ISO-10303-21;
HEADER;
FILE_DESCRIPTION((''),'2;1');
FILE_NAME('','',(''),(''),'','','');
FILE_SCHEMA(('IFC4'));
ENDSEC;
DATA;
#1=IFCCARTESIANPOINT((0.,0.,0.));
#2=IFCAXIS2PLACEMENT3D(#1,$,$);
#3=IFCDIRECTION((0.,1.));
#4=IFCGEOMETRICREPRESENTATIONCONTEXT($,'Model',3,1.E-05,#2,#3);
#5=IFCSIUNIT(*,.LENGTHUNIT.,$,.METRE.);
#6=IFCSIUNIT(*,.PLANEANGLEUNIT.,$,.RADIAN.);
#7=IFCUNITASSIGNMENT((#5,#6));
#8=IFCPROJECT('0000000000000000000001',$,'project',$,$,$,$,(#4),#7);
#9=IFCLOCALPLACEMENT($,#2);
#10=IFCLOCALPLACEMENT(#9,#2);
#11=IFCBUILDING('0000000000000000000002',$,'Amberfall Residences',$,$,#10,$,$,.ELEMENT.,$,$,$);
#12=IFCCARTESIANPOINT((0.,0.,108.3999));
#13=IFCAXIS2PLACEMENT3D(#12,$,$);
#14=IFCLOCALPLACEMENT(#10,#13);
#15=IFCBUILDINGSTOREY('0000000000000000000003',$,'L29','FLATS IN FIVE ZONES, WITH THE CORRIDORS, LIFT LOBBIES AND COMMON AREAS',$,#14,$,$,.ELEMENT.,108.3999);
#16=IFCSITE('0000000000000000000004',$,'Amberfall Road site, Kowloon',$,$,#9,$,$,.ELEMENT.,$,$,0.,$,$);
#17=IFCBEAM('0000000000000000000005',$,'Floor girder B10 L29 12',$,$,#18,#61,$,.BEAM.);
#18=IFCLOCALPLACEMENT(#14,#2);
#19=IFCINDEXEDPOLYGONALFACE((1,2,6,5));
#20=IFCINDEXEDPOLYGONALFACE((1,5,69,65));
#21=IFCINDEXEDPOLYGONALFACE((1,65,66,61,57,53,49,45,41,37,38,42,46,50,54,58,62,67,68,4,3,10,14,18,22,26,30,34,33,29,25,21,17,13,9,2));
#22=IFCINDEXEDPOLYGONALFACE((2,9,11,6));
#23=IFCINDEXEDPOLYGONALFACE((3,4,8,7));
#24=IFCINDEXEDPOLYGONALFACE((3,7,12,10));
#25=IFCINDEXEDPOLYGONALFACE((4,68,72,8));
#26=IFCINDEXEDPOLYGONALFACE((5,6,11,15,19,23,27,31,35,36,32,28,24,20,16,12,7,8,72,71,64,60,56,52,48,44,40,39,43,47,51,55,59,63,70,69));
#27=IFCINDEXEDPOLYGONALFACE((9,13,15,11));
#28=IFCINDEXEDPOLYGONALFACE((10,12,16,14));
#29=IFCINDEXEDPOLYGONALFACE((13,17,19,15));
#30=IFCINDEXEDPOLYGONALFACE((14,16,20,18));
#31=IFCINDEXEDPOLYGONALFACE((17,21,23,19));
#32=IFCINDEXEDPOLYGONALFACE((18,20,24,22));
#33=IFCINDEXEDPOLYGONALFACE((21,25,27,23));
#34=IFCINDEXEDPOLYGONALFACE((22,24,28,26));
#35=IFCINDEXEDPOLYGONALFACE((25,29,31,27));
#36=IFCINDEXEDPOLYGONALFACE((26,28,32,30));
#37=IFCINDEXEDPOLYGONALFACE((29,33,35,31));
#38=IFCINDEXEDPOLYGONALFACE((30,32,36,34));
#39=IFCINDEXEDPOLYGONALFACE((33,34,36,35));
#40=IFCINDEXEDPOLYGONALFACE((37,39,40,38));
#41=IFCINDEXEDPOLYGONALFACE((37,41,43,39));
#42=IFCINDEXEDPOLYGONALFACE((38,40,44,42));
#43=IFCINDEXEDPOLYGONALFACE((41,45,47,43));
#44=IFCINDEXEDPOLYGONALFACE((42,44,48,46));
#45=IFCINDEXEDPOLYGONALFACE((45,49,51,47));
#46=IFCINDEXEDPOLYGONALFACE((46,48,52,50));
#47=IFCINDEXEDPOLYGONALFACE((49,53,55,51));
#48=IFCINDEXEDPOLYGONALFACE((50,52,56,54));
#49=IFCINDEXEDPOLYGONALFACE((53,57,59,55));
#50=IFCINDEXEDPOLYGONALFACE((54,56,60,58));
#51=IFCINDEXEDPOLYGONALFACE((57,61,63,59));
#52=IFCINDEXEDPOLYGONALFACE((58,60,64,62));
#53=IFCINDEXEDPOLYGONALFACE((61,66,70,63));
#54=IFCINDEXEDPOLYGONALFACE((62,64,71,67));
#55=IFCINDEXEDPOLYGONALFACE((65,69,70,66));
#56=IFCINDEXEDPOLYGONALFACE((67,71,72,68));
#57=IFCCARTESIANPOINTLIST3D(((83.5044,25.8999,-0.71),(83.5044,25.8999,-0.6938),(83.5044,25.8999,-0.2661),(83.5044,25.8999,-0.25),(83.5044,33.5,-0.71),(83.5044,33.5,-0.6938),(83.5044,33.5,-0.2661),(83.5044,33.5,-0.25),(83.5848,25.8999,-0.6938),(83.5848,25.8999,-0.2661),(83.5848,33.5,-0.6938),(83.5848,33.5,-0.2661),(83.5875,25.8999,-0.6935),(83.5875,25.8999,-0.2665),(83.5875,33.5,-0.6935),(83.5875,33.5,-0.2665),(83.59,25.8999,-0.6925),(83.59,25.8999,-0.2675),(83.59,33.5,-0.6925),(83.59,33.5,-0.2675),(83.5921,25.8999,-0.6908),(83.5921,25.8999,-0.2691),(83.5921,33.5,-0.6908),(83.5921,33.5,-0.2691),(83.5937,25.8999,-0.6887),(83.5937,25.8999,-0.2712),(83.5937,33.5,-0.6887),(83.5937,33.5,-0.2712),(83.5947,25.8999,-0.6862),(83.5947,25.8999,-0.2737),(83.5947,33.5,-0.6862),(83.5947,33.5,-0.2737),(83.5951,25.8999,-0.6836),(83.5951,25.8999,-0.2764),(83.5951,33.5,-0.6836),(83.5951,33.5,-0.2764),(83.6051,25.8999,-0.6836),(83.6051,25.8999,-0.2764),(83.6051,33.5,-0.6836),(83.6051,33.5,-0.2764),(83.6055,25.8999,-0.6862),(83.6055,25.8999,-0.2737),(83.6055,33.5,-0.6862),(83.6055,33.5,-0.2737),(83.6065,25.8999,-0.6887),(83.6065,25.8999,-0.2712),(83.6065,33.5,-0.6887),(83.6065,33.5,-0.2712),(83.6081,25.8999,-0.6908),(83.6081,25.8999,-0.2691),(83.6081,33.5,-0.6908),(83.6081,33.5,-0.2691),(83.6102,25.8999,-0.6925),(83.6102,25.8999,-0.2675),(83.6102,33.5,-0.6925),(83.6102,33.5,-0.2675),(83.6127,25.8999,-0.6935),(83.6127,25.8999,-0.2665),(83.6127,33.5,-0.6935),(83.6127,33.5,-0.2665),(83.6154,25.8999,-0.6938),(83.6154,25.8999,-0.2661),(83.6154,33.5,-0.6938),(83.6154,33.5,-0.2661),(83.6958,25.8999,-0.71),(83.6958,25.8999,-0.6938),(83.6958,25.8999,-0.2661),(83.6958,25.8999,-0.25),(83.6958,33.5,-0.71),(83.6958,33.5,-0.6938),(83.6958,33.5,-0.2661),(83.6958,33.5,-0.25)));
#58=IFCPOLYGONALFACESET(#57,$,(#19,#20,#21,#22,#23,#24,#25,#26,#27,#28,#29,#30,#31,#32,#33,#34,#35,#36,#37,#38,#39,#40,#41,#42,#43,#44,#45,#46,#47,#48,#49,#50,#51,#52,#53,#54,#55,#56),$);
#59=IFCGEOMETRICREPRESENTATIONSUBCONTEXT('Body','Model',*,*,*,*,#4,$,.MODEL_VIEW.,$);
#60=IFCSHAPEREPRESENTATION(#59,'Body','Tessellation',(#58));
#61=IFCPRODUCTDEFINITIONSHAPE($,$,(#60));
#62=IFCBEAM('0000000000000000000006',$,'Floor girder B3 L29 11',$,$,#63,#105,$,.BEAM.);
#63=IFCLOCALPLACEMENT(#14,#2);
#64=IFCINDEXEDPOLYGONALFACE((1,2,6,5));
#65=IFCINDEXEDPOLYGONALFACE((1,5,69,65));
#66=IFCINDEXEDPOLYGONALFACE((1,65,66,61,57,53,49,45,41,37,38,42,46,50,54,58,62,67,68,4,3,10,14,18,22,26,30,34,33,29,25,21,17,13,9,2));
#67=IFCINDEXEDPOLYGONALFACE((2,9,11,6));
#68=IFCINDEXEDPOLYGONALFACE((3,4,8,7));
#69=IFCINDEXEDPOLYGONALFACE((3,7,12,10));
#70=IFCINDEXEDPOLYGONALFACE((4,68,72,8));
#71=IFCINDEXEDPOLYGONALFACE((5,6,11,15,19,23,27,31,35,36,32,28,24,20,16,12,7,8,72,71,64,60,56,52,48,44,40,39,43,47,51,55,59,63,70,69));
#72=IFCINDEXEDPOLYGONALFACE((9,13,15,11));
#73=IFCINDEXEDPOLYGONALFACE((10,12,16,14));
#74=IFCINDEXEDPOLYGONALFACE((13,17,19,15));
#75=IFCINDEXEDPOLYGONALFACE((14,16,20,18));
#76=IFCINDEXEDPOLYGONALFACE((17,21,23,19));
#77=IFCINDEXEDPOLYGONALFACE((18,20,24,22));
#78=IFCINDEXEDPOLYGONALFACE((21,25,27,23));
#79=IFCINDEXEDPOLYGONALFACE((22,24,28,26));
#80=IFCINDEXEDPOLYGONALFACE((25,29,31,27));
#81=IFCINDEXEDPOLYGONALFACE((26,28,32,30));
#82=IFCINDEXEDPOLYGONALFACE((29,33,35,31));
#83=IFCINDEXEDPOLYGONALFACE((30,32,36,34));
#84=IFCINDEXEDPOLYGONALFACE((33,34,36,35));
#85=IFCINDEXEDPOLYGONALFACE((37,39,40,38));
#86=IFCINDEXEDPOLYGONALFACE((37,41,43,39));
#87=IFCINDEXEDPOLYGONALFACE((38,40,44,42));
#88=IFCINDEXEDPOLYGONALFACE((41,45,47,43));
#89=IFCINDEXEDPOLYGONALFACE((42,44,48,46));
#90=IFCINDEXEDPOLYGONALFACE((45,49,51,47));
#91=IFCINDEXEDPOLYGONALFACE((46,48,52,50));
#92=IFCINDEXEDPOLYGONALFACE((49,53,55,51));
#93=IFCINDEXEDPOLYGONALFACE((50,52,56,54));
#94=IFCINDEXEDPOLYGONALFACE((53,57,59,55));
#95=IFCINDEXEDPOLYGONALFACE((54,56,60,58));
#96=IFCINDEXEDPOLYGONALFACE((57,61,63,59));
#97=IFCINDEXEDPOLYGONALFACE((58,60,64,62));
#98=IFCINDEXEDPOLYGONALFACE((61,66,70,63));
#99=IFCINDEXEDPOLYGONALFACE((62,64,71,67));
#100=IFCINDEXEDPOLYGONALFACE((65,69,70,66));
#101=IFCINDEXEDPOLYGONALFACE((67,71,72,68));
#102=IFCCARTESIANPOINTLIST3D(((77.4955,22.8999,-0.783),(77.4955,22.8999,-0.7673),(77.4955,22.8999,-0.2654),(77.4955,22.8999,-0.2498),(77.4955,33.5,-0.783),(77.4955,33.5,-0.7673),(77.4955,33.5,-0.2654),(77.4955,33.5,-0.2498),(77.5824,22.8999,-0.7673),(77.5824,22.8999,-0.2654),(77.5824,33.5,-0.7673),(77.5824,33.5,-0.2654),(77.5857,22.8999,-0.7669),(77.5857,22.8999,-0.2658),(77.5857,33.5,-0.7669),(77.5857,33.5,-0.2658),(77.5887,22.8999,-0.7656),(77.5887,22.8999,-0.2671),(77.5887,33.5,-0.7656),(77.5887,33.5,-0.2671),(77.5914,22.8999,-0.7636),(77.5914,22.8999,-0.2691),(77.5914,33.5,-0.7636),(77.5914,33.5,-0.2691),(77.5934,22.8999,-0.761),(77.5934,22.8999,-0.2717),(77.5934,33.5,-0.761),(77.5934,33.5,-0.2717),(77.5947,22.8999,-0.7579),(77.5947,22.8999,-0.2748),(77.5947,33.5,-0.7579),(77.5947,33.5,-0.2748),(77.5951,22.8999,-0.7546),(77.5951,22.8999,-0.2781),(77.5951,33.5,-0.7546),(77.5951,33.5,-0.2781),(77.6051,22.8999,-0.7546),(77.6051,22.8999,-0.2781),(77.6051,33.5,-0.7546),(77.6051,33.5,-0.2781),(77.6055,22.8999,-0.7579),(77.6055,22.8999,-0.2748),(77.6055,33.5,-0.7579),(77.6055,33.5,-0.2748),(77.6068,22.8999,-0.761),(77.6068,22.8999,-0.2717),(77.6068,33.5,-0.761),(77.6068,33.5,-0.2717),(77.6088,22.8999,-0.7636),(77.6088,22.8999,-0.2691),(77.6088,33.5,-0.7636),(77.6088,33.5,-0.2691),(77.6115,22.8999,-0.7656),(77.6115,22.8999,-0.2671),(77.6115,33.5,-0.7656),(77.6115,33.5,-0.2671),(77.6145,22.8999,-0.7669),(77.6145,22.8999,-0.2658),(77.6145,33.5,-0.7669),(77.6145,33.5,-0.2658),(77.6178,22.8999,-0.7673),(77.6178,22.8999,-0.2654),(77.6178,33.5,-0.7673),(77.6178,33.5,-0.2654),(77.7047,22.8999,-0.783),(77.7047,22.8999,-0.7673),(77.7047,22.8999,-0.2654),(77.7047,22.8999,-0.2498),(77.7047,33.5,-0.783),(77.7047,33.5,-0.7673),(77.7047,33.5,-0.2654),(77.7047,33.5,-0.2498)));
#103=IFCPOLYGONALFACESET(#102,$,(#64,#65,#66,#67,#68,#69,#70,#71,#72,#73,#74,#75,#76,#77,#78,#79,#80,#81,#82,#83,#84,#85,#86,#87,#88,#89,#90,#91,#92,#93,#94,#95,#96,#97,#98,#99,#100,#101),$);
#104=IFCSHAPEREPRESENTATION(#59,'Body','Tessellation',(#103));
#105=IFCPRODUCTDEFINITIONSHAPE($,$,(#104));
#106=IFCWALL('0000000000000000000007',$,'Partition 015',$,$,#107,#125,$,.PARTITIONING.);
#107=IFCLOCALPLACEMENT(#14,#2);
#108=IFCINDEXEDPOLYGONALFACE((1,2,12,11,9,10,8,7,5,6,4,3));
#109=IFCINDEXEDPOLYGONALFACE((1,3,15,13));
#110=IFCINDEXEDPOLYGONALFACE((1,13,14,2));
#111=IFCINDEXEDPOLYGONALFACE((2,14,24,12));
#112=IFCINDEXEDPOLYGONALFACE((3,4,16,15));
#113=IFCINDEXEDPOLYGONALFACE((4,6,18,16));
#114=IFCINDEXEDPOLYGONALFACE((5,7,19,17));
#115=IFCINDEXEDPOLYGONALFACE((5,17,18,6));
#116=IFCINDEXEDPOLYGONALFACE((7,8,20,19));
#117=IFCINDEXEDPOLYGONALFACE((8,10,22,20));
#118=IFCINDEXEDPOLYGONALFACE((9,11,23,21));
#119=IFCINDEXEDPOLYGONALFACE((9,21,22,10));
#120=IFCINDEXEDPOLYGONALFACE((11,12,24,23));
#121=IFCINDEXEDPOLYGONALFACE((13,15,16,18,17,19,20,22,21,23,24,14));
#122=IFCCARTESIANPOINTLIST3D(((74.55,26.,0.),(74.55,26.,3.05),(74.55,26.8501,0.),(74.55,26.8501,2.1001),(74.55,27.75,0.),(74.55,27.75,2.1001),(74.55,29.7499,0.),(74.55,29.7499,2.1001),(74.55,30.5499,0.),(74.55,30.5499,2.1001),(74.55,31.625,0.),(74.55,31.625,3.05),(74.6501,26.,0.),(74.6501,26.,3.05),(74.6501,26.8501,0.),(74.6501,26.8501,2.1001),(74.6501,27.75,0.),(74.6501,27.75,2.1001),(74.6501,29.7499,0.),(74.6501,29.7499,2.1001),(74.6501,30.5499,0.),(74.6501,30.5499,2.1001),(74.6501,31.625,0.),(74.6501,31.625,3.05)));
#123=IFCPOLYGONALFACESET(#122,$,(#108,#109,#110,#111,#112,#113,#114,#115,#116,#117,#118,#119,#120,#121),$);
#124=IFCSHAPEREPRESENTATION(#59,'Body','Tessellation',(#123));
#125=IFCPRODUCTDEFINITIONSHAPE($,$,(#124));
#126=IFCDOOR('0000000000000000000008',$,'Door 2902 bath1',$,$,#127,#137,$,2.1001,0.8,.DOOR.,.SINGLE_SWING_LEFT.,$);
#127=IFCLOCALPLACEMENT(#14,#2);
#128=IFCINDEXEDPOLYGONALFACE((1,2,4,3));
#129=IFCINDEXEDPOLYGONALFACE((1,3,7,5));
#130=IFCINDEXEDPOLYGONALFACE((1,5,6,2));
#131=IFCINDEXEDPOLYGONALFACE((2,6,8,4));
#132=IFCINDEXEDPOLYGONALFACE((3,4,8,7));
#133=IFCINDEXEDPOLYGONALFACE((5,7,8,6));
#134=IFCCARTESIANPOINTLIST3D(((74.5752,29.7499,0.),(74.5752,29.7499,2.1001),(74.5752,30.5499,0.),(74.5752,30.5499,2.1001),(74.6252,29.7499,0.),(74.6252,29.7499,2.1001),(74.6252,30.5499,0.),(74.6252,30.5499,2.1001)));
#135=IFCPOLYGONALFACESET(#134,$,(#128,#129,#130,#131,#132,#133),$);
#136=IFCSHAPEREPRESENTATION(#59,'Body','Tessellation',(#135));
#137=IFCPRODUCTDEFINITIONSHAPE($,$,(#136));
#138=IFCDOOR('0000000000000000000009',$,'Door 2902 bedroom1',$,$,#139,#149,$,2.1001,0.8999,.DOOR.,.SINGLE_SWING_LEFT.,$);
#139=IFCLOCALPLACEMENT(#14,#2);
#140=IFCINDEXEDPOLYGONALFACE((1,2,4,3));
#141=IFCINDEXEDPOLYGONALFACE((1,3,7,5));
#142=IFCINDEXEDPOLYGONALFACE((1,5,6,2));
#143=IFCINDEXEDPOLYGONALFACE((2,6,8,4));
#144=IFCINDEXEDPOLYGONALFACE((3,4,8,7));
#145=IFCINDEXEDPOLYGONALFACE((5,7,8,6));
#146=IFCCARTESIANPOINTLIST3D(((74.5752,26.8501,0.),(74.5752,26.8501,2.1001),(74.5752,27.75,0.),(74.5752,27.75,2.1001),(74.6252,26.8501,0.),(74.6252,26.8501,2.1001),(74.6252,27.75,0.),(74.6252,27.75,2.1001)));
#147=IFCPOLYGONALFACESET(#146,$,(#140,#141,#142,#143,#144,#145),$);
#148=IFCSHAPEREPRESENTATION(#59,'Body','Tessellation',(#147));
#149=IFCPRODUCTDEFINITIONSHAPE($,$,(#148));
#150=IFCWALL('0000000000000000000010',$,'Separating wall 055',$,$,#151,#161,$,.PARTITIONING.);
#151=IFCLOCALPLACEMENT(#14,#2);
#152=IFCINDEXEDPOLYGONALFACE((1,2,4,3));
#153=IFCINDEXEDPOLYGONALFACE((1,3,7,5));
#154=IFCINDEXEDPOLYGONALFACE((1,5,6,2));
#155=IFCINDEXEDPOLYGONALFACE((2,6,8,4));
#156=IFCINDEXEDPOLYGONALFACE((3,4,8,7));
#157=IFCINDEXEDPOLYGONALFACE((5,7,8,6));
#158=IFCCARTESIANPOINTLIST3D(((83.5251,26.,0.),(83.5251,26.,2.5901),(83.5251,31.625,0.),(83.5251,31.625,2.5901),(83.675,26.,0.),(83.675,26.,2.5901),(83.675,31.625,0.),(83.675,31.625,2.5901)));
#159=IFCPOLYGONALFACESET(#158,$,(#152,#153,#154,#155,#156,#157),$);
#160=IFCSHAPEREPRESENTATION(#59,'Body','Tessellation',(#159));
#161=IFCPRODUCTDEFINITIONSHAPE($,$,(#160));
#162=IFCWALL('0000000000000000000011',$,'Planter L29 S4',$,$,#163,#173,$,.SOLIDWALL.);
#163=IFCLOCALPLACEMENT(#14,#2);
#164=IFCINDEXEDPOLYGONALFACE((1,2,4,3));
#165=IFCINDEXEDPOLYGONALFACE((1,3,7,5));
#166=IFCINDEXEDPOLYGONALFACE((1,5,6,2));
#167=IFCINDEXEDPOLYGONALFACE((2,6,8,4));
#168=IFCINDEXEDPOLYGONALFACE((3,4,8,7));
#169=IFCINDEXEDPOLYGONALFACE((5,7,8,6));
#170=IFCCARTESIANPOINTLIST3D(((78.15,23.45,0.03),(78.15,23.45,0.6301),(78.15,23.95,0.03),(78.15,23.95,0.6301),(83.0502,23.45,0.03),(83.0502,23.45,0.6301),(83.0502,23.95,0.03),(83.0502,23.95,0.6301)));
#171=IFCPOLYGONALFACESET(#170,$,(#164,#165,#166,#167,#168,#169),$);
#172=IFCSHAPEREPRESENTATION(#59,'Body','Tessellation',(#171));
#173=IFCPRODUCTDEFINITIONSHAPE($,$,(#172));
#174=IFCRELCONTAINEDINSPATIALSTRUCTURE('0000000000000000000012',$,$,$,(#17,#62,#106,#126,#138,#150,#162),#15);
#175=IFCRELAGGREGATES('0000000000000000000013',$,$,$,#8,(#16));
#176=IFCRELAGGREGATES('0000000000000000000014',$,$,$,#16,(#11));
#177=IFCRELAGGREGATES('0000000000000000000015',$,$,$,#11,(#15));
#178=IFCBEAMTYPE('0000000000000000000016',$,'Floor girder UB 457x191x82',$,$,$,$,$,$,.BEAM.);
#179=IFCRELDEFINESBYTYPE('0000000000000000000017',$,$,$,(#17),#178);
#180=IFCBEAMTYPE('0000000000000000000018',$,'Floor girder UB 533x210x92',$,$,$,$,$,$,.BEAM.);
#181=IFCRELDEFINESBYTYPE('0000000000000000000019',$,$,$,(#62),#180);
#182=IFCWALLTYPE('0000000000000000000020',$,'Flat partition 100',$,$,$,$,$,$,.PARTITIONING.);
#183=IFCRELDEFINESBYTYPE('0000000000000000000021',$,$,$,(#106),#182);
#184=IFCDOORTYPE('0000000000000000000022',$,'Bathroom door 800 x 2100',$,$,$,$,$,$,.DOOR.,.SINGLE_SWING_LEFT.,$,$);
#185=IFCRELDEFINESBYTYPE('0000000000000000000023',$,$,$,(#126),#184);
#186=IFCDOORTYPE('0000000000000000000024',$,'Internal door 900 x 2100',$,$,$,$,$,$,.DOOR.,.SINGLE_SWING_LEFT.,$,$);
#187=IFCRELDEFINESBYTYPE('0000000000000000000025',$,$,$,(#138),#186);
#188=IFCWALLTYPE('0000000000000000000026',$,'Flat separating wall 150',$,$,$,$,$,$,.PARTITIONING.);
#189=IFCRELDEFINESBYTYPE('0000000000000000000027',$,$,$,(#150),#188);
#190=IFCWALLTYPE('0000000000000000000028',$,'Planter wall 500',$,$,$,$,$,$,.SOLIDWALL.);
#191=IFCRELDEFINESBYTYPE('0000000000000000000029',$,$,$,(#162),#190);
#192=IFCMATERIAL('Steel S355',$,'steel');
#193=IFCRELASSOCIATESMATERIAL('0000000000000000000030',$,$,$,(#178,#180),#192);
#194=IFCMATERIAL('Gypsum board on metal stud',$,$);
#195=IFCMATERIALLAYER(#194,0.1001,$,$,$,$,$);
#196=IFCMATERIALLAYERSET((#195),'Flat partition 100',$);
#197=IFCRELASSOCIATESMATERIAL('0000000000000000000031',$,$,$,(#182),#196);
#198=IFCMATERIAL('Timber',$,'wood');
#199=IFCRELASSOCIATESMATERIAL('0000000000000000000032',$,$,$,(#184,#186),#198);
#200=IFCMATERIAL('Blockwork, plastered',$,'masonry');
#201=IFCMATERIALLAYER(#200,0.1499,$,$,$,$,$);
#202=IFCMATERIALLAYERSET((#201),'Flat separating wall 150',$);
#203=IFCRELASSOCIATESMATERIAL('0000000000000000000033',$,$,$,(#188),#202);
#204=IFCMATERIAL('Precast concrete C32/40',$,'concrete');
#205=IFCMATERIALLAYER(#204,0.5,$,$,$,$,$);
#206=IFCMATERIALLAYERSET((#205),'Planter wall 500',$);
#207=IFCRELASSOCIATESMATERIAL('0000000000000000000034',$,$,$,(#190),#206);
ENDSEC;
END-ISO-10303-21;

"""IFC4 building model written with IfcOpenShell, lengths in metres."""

from ifc_helpers import new_model, si_unit, direction, frame, frame_2d, origin, origin_2d, place, context, subcontext, project, spatial, rectangle, i_section, extrude, material, layer, layer_set, material_profile, profile_set, type_object, element, fill, save


model = new_model("IFC4")

# Units and contexts
model_context = context("Model", 3, precision=1e-05, world=origin(), true_north=direction((0.0, 1.0)))
body_context = subcontext(model_context, "Body", "Model", "MODEL_VIEW")
ifc_project = project(units=[si_unit("LENGTHUNIT", "METRE"), si_unit("PLANEANGLEUNIT", "RADIAN")], contexts=[model_context])

# Site, building, storey
site_placement = place(None, origin())
site = spatial("IfcSite", under=ifc_project, at=site_placement, Name="Amberfall Road site, Kowloon", CompositionType="ELEMENT", RefElevation=0.0)
building_placement = place(site_placement, origin())
building = spatial("IfcBuilding", under=site, at=building_placement, Name="Amberfall Residences", CompositionType="ELEMENT")
storey_placement = place(building_placement, frame((0.0, 0.0, 108.3999)))
storey = spatial("IfcBuildingStorey", under=building, at=storey_placement, Name="L29", Description="FLATS IN FIVE ZONES, WITH THE CORRIDORS, LIFT LOBBIES AND COMMON AREAS", CompositionType="ELEMENT", Elevation=108.3999)

# Beams
ifc_material_1 = material(Name="Steel S355", Category="steel")
ifc_material_profile_1 = material_profile(ifc_material_1, i_section(OverallWidth=0.1914, OverallDepth=0.46, WebThickness=0.01, FlangeThickness=0.0161, FilletRadius=0.0103, at=origin_2d()), Name="UB 457x191x82")
ifc_profile_set_1 = profile_set([ifc_material_profile_1], Name="Steel S355")
beam_type_1 = type_object("IfcBeamType", Name="Floor girder UB 457x191x82", PredefinedType="BEAM", material=ifc_profile_set_1)
beam_1_placement = place(storey_placement, frame((83.6001, 25.8999, -0.48), z_axis=(0.0, 1.0, 0.0), x_axis=(-1.0, 0.0, 0.0)))
element("IfcBeam", 1, at=beam_1_placement, inside=storey, type_object=beam_type_1, Name="Floor girder B10 L29 12", PredefinedType="BEAM", context=body_context, shape_type="SweptSolid", body=[
    extrude(i_section(OverallWidth=0.1914, OverallDepth=0.46, WebThickness=0.01, FlangeThickness=0.0161, FilletRadius=0.0103, at=origin_2d()), origin(), (0.0, 0.0, 1.0), 7.6001),
])
ifc_material_profile_2 = material_profile(ifc_material_1, i_section(OverallWidth=0.2092, OverallDepth=0.5332, WebThickness=0.01, FlangeThickness=0.0156, FilletRadius=0.0127, at=origin_2d()), Name="UB 533x210x92")
ifc_profile_set_2 = profile_set([ifc_material_profile_2], Name="Steel S355")
beam_type_2 = type_object("IfcBeamType", Name="Floor girder UB 533x210x92", PredefinedType="BEAM", material=ifc_profile_set_2)
beam_2_placement = place(storey_placement, frame((77.6001, 22.8999, -0.5164), z_axis=(0.0, 1.0, 0.0), x_axis=(-1.0, 0.0, 0.0)))
element("IfcBeam", 2, at=beam_2_placement, inside=storey, type_object=beam_type_2, Name="Floor girder B3 L29 11", PredefinedType="BEAM", context=body_context, shape_type="SweptSolid", body=[
    extrude(i_section(OverallWidth=0.2092, OverallDepth=0.5332, WebThickness=0.01, FlangeThickness=0.0156, FilletRadius=0.0127, at=origin_2d()), origin(), (0.0, 0.0, 1.0), 10.6001),
])

# Wall, openings, doors
ifc_material_2 = material(Name="Gypsum board on metal stud")
ifc_layer_1 = layer(ifc_material_2, 0.1001)
ifc_layer_set_1 = layer_set([ifc_layer_1], Name="Flat partition 100")
wall_type_1 = type_object("IfcWallType", Name="Flat partition 100", PredefinedType="PARTITIONING", material=ifc_layer_set_1)
wall_1_placement = place(storey_placement, frame((74.6001, 26.0, 0.0), z_axis=(0.0, 0.0, 1.0), x_axis=(0.0, 1.0, 0.0)))
wall_1 = element("IfcWall", 3, at=wall_1_placement, inside=storey, type_object=wall_type_1, Name="Partition 015", PredefinedType="PARTITIONING", context=body_context, shape_type="SweptSolid", body=[
    extrude(rectangle(XDim=5.625, YDim=0.1001, at=frame_2d((2.8125, 0.0))), origin(), (0.0, 0.0, 1.0), 3.05),
])
opening_1_placement = place(wall_1_placement, frame((0.8501, 0.0, 0.0)))
opening_1 = element("IfcOpeningElement", 4, at=opening_1_placement, cuts=wall_1, PredefinedType="OPENING", context=body_context, shape_type="SweptSolid", body=[
    extrude(rectangle(XDim=0.8999, YDim=2.1001, at=frame_2d((0.45, 1.05))), frame((0.0, 0.0601, 0.0), z_axis=(0.0, -1.0, 0.0), x_axis=(1.0, 0.0, 0.0)), (0.0, 0.0, 1.0), 0.1201),
])
opening_2_placement = place(wall_1_placement, frame((3.75, 0.0, 0.0)))
opening_2 = element("IfcOpeningElement", 5, at=opening_2_placement, cuts=wall_1, PredefinedType="OPENING", context=body_context, shape_type="SweptSolid", body=[
    extrude(rectangle(XDim=0.8, YDim=2.1001, at=frame_2d((0.3999, 1.05))), frame((0.0, 0.0601, 0.0), z_axis=(0.0, -1.0, 0.0), x_axis=(1.0, 0.0, 0.0)), (0.0, 0.0, 1.0), 0.1201),
])
ifc_material_3 = material(Name="Timber", Category="wood")
door_type_1 = type_object("IfcDoorType", Name="Bathroom door 800 x 2100", OperationType="SINGLE_SWING_LEFT", PredefinedType="DOOR", material=ifc_material_3)
door_1_placement = place(opening_2_placement, origin())
door_1 = element("IfcDoor", 6, at=door_1_placement, inside=storey, type_object=door_type_1, Name="Door 2902 bath1", OperationType="SINGLE_SWING_LEFT", OverallHeight=2.1001, OverallWidth=0.8, PredefinedType="DOOR", context=body_context, shape_type="SweptSolid", body=[
    extrude(rectangle(XDim=0.8, YDim=2.1001, at=frame_2d((0.3999, 1.05))), frame((0.0, 0.0249, 0.0), z_axis=(0.0, -1.0, 0.0), x_axis=(1.0, 0.0, 0.0)), (0.0, 0.0, 1.0), 0.05),
])
fill(opening_2, door_1)
door_type_2 = type_object("IfcDoorType", Name="Internal door 900 x 2100", OperationType="SINGLE_SWING_LEFT", PredefinedType="DOOR", material=ifc_material_3)
door_2_placement = place(opening_1_placement, origin())
door_2 = element("IfcDoor", 7, at=door_2_placement, inside=storey, type_object=door_type_2, Name="Door 2902 bedroom1", OperationType="SINGLE_SWING_LEFT", OverallHeight=2.1001, OverallWidth=0.8999, PredefinedType="DOOR", context=body_context, shape_type="SweptSolid", body=[
    extrude(rectangle(XDim=0.8999, YDim=2.1001, at=frame_2d((0.45, 1.05))), frame((0.0, 0.0249, 0.0), z_axis=(0.0, -1.0, 0.0), x_axis=(1.0, 0.0, 0.0)), (0.0, 0.0, 1.0), 0.05),
])
fill(opening_1, door_2)

# Walls
ifc_material_4 = material(Name="Blockwork, plastered", Category="masonry")
ifc_layer_2 = layer(ifc_material_4, 0.1499)
ifc_layer_set_2 = layer_set([ifc_layer_2], Name="Flat separating wall 150")
wall_type_2 = type_object("IfcWallType", Name="Flat separating wall 150", PredefinedType="PARTITIONING", material=ifc_layer_set_2)
wall_2_placement = place(storey_placement, frame((83.6001, 26.0, 0.0), z_axis=(0.0, 0.0, 1.0), x_axis=(0.0, 1.0, 0.0)))
element("IfcWall", 8, at=wall_2_placement, inside=storey, type_object=wall_type_2, Name="Separating wall 055", PredefinedType="PARTITIONING", context=body_context, shape_type="SweptSolid", body=[
    extrude(rectangle(XDim=5.625, YDim=0.1499, at=frame_2d((2.8125, 0.0))), origin(), (0.0, 0.0, 1.0), 2.5901),
])
ifc_material_5 = material(Name="Precast concrete C32/40", Category="concrete")
ifc_layer_3 = layer(ifc_material_5, 0.5)
ifc_layer_set_3 = layer_set([ifc_layer_3], Name="Planter wall 500")
wall_type_3 = type_object("IfcWallType", Name="Planter wall 500", PredefinedType="SOLIDWALL", material=ifc_layer_set_3)
wall_3_placement = place(storey_placement, frame((78.1499, 23.7, 0.03), z_axis=(0.0, 0.0, 1.0), x_axis=(1.0, 0.0, 0.0)))
element("IfcWall", 9, at=wall_3_placement, inside=storey, type_object=wall_type_3, Name="Planter L29 S4", PredefinedType="SOLIDWALL", context=body_context, shape_type="SweptSolid", body=[
    extrude(rectangle(XDim=4.9001, YDim=0.5, at=frame_2d((2.4502, 0.0))), origin(), (0.0, 0.0, 1.0), 0.6001),
])

save(model, "model.ifc")
